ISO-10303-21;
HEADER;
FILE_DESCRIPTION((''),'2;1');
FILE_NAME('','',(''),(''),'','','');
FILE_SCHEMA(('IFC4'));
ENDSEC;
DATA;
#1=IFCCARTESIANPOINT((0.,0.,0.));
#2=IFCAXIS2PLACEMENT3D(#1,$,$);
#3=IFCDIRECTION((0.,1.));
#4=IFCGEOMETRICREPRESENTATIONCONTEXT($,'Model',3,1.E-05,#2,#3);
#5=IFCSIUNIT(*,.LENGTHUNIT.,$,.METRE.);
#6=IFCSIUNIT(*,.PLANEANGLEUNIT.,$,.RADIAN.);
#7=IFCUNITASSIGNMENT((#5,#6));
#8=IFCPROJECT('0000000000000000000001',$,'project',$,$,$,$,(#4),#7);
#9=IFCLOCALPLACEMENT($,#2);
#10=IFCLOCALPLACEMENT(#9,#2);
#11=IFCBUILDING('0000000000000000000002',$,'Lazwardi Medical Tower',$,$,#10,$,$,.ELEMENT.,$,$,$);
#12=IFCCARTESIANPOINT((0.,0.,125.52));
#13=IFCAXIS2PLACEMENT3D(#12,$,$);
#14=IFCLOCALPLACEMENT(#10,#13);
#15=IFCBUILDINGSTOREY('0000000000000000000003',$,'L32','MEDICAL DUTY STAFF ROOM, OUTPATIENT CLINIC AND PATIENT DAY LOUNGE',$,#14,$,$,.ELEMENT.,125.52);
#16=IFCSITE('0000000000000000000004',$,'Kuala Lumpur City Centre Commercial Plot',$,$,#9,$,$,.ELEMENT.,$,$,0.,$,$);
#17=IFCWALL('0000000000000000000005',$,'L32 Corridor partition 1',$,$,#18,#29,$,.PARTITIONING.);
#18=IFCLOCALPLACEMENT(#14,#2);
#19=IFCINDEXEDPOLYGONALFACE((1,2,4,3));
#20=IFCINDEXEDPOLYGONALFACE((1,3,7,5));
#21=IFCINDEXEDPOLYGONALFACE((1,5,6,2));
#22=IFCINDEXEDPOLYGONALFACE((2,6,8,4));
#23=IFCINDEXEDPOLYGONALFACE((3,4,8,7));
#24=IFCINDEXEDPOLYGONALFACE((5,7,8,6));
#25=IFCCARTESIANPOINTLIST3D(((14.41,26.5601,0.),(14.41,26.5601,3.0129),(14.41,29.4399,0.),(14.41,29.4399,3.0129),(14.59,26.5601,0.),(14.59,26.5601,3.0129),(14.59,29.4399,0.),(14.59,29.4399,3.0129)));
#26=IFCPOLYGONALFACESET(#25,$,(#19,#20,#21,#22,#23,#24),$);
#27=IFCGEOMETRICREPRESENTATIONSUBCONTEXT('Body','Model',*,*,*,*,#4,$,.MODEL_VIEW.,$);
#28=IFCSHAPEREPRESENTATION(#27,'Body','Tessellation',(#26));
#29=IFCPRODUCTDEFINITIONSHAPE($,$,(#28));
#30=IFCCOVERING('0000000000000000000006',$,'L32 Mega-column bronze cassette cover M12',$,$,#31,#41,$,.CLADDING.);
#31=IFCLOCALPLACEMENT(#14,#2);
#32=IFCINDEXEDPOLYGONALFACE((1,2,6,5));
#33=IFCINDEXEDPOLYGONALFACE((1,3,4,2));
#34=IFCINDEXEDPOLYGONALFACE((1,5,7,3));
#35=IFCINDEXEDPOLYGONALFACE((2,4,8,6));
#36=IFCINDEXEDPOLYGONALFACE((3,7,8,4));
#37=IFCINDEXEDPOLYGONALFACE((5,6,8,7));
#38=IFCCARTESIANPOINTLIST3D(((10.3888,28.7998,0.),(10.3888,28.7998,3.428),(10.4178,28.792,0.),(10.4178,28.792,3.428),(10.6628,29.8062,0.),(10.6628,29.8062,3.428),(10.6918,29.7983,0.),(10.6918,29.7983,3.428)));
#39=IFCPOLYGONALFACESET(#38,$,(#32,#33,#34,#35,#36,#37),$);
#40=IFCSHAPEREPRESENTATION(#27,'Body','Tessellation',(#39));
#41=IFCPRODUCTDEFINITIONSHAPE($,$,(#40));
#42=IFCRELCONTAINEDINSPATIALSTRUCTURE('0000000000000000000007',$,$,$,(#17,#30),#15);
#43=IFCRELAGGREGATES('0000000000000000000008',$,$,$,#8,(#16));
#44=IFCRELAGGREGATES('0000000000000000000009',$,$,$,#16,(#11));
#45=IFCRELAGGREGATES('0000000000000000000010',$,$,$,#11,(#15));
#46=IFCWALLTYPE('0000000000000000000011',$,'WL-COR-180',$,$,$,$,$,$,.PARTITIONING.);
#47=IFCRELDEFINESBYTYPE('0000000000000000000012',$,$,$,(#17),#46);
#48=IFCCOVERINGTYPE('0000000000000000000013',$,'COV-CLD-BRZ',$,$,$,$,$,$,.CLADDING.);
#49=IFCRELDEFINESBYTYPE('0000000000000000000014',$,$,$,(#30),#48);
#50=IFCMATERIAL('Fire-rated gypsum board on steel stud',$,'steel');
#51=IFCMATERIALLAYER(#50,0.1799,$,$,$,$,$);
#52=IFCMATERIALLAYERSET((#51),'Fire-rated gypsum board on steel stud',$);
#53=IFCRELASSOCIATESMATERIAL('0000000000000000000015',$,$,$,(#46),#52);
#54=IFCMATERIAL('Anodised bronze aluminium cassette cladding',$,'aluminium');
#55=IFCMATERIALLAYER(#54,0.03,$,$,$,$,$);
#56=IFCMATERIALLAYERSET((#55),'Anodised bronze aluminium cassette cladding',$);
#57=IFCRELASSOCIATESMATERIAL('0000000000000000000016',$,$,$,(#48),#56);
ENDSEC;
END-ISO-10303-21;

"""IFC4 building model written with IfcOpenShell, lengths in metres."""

from ifc_helpers import new_model, si_unit, direction, frame, frame_2d, origin, origin_2d, place, context, subcontext, project, spatial, rectangle, extrude, material, layer, layer_set, type_object, element, save


model = new_model("IFC4")

# Units and contexts
model_context = context("Model", 3, precision=1e-05, world=origin(), true_north=direction((0.0, 1.0)))
body_context = subcontext(model_context, "Body", "Model", "MODEL_VIEW")
ifc_project = project(units=[si_unit("LENGTHUNIT", "METRE"), si_unit("PLANEANGLEUNIT", "RADIAN")], contexts=[model_context])

# Site, building, storey
site_placement = place(None, origin())
site = spatial("IfcSite", under=ifc_project, at=site_placement, Name="Kuala Lumpur City Centre Commercial Plot", CompositionType="ELEMENT", RefElevation=0.0)
building_placement = place(site_placement, origin())
building = spatial("IfcBuilding", under=site, at=building_placement, Name="Lazwardi Medical Tower", CompositionType="ELEMENT")
storey_placement = place(building_placement, frame((0.0, 0.0, 125.52)))
storey = spatial("IfcBuildingStorey", under=building, at=storey_placement, Name="L32", Description="MEDICAL DUTY STAFF ROOM, OUTPATIENT CLINIC AND PATIENT DAY LOUNGE", CompositionType="ELEMENT", Elevation=125.52)

# Wall
ifc_material_1 = material(Name="Fire-rated gypsum board on steel stud", Category="steel")
ifc_layer_1 = layer(ifc_material_1, 0.1799)
ifc_layer_set_1 = layer_set([ifc_layer_1], Name="Fire-rated gypsum board on steel stud")
wall_type = type_object("IfcWallType", Name="WL-COR-180", PredefinedType="PARTITIONING", material=ifc_layer_set_1)
wall_1_placement = place(storey_placement, frame((14.5, 26.5601, 0.0), z_axis=(0.0, 0.0, 1.0), x_axis=(0.0, 1.0, 0.0)))
element("IfcWall", 1, at=wall_1_placement, inside=storey, type_object=wall_type, Name="L32 Corridor partition 1", PredefinedType="PARTITIONING", context=body_context, shape_type="SweptSolid", body=[
    extrude(rectangle(XDim=2.8799, YDim=0.1799, at=frame_2d((1.4399, 0.0))), origin(), (0.0, 0.0, 1.0), 3.0129),
])

# Covering
ifc_material_2 = material(Name="Anodised bronze aluminium cassette cladding", Category="aluminium")
ifc_layer_2 = layer(ifc_material_2, 0.03)
ifc_layer_set_2 = layer_set([ifc_layer_2], Name="Anodised bronze aluminium cassette cladding")
covering_type = type_object("IfcCoveringType", Name="COV-CLD-BRZ", PredefinedType="CLADDING", material=ifc_layer_set_2)
covering_placement = place(storey_placement, frame((10.5403, 29.2991, 0.0), z_axis=(0.0, 0.0, 1.0), x_axis=(-0.262696, -0.964879, 0.0)))
element("IfcCovering", 2, at=covering_placement, inside=storey, type_object=covering_type, Name="L32 Mega-column bronze cassette cover M12", PredefinedType="CLADDING", context=body_context, shape_type="SweptSolid", body=[
    extrude(rectangle(XDim=1.043, YDim=0.03, at=origin_2d()), origin(), (0.0, 0.0, 1.0), 3.428),
])

save(model, "model.ifc")
